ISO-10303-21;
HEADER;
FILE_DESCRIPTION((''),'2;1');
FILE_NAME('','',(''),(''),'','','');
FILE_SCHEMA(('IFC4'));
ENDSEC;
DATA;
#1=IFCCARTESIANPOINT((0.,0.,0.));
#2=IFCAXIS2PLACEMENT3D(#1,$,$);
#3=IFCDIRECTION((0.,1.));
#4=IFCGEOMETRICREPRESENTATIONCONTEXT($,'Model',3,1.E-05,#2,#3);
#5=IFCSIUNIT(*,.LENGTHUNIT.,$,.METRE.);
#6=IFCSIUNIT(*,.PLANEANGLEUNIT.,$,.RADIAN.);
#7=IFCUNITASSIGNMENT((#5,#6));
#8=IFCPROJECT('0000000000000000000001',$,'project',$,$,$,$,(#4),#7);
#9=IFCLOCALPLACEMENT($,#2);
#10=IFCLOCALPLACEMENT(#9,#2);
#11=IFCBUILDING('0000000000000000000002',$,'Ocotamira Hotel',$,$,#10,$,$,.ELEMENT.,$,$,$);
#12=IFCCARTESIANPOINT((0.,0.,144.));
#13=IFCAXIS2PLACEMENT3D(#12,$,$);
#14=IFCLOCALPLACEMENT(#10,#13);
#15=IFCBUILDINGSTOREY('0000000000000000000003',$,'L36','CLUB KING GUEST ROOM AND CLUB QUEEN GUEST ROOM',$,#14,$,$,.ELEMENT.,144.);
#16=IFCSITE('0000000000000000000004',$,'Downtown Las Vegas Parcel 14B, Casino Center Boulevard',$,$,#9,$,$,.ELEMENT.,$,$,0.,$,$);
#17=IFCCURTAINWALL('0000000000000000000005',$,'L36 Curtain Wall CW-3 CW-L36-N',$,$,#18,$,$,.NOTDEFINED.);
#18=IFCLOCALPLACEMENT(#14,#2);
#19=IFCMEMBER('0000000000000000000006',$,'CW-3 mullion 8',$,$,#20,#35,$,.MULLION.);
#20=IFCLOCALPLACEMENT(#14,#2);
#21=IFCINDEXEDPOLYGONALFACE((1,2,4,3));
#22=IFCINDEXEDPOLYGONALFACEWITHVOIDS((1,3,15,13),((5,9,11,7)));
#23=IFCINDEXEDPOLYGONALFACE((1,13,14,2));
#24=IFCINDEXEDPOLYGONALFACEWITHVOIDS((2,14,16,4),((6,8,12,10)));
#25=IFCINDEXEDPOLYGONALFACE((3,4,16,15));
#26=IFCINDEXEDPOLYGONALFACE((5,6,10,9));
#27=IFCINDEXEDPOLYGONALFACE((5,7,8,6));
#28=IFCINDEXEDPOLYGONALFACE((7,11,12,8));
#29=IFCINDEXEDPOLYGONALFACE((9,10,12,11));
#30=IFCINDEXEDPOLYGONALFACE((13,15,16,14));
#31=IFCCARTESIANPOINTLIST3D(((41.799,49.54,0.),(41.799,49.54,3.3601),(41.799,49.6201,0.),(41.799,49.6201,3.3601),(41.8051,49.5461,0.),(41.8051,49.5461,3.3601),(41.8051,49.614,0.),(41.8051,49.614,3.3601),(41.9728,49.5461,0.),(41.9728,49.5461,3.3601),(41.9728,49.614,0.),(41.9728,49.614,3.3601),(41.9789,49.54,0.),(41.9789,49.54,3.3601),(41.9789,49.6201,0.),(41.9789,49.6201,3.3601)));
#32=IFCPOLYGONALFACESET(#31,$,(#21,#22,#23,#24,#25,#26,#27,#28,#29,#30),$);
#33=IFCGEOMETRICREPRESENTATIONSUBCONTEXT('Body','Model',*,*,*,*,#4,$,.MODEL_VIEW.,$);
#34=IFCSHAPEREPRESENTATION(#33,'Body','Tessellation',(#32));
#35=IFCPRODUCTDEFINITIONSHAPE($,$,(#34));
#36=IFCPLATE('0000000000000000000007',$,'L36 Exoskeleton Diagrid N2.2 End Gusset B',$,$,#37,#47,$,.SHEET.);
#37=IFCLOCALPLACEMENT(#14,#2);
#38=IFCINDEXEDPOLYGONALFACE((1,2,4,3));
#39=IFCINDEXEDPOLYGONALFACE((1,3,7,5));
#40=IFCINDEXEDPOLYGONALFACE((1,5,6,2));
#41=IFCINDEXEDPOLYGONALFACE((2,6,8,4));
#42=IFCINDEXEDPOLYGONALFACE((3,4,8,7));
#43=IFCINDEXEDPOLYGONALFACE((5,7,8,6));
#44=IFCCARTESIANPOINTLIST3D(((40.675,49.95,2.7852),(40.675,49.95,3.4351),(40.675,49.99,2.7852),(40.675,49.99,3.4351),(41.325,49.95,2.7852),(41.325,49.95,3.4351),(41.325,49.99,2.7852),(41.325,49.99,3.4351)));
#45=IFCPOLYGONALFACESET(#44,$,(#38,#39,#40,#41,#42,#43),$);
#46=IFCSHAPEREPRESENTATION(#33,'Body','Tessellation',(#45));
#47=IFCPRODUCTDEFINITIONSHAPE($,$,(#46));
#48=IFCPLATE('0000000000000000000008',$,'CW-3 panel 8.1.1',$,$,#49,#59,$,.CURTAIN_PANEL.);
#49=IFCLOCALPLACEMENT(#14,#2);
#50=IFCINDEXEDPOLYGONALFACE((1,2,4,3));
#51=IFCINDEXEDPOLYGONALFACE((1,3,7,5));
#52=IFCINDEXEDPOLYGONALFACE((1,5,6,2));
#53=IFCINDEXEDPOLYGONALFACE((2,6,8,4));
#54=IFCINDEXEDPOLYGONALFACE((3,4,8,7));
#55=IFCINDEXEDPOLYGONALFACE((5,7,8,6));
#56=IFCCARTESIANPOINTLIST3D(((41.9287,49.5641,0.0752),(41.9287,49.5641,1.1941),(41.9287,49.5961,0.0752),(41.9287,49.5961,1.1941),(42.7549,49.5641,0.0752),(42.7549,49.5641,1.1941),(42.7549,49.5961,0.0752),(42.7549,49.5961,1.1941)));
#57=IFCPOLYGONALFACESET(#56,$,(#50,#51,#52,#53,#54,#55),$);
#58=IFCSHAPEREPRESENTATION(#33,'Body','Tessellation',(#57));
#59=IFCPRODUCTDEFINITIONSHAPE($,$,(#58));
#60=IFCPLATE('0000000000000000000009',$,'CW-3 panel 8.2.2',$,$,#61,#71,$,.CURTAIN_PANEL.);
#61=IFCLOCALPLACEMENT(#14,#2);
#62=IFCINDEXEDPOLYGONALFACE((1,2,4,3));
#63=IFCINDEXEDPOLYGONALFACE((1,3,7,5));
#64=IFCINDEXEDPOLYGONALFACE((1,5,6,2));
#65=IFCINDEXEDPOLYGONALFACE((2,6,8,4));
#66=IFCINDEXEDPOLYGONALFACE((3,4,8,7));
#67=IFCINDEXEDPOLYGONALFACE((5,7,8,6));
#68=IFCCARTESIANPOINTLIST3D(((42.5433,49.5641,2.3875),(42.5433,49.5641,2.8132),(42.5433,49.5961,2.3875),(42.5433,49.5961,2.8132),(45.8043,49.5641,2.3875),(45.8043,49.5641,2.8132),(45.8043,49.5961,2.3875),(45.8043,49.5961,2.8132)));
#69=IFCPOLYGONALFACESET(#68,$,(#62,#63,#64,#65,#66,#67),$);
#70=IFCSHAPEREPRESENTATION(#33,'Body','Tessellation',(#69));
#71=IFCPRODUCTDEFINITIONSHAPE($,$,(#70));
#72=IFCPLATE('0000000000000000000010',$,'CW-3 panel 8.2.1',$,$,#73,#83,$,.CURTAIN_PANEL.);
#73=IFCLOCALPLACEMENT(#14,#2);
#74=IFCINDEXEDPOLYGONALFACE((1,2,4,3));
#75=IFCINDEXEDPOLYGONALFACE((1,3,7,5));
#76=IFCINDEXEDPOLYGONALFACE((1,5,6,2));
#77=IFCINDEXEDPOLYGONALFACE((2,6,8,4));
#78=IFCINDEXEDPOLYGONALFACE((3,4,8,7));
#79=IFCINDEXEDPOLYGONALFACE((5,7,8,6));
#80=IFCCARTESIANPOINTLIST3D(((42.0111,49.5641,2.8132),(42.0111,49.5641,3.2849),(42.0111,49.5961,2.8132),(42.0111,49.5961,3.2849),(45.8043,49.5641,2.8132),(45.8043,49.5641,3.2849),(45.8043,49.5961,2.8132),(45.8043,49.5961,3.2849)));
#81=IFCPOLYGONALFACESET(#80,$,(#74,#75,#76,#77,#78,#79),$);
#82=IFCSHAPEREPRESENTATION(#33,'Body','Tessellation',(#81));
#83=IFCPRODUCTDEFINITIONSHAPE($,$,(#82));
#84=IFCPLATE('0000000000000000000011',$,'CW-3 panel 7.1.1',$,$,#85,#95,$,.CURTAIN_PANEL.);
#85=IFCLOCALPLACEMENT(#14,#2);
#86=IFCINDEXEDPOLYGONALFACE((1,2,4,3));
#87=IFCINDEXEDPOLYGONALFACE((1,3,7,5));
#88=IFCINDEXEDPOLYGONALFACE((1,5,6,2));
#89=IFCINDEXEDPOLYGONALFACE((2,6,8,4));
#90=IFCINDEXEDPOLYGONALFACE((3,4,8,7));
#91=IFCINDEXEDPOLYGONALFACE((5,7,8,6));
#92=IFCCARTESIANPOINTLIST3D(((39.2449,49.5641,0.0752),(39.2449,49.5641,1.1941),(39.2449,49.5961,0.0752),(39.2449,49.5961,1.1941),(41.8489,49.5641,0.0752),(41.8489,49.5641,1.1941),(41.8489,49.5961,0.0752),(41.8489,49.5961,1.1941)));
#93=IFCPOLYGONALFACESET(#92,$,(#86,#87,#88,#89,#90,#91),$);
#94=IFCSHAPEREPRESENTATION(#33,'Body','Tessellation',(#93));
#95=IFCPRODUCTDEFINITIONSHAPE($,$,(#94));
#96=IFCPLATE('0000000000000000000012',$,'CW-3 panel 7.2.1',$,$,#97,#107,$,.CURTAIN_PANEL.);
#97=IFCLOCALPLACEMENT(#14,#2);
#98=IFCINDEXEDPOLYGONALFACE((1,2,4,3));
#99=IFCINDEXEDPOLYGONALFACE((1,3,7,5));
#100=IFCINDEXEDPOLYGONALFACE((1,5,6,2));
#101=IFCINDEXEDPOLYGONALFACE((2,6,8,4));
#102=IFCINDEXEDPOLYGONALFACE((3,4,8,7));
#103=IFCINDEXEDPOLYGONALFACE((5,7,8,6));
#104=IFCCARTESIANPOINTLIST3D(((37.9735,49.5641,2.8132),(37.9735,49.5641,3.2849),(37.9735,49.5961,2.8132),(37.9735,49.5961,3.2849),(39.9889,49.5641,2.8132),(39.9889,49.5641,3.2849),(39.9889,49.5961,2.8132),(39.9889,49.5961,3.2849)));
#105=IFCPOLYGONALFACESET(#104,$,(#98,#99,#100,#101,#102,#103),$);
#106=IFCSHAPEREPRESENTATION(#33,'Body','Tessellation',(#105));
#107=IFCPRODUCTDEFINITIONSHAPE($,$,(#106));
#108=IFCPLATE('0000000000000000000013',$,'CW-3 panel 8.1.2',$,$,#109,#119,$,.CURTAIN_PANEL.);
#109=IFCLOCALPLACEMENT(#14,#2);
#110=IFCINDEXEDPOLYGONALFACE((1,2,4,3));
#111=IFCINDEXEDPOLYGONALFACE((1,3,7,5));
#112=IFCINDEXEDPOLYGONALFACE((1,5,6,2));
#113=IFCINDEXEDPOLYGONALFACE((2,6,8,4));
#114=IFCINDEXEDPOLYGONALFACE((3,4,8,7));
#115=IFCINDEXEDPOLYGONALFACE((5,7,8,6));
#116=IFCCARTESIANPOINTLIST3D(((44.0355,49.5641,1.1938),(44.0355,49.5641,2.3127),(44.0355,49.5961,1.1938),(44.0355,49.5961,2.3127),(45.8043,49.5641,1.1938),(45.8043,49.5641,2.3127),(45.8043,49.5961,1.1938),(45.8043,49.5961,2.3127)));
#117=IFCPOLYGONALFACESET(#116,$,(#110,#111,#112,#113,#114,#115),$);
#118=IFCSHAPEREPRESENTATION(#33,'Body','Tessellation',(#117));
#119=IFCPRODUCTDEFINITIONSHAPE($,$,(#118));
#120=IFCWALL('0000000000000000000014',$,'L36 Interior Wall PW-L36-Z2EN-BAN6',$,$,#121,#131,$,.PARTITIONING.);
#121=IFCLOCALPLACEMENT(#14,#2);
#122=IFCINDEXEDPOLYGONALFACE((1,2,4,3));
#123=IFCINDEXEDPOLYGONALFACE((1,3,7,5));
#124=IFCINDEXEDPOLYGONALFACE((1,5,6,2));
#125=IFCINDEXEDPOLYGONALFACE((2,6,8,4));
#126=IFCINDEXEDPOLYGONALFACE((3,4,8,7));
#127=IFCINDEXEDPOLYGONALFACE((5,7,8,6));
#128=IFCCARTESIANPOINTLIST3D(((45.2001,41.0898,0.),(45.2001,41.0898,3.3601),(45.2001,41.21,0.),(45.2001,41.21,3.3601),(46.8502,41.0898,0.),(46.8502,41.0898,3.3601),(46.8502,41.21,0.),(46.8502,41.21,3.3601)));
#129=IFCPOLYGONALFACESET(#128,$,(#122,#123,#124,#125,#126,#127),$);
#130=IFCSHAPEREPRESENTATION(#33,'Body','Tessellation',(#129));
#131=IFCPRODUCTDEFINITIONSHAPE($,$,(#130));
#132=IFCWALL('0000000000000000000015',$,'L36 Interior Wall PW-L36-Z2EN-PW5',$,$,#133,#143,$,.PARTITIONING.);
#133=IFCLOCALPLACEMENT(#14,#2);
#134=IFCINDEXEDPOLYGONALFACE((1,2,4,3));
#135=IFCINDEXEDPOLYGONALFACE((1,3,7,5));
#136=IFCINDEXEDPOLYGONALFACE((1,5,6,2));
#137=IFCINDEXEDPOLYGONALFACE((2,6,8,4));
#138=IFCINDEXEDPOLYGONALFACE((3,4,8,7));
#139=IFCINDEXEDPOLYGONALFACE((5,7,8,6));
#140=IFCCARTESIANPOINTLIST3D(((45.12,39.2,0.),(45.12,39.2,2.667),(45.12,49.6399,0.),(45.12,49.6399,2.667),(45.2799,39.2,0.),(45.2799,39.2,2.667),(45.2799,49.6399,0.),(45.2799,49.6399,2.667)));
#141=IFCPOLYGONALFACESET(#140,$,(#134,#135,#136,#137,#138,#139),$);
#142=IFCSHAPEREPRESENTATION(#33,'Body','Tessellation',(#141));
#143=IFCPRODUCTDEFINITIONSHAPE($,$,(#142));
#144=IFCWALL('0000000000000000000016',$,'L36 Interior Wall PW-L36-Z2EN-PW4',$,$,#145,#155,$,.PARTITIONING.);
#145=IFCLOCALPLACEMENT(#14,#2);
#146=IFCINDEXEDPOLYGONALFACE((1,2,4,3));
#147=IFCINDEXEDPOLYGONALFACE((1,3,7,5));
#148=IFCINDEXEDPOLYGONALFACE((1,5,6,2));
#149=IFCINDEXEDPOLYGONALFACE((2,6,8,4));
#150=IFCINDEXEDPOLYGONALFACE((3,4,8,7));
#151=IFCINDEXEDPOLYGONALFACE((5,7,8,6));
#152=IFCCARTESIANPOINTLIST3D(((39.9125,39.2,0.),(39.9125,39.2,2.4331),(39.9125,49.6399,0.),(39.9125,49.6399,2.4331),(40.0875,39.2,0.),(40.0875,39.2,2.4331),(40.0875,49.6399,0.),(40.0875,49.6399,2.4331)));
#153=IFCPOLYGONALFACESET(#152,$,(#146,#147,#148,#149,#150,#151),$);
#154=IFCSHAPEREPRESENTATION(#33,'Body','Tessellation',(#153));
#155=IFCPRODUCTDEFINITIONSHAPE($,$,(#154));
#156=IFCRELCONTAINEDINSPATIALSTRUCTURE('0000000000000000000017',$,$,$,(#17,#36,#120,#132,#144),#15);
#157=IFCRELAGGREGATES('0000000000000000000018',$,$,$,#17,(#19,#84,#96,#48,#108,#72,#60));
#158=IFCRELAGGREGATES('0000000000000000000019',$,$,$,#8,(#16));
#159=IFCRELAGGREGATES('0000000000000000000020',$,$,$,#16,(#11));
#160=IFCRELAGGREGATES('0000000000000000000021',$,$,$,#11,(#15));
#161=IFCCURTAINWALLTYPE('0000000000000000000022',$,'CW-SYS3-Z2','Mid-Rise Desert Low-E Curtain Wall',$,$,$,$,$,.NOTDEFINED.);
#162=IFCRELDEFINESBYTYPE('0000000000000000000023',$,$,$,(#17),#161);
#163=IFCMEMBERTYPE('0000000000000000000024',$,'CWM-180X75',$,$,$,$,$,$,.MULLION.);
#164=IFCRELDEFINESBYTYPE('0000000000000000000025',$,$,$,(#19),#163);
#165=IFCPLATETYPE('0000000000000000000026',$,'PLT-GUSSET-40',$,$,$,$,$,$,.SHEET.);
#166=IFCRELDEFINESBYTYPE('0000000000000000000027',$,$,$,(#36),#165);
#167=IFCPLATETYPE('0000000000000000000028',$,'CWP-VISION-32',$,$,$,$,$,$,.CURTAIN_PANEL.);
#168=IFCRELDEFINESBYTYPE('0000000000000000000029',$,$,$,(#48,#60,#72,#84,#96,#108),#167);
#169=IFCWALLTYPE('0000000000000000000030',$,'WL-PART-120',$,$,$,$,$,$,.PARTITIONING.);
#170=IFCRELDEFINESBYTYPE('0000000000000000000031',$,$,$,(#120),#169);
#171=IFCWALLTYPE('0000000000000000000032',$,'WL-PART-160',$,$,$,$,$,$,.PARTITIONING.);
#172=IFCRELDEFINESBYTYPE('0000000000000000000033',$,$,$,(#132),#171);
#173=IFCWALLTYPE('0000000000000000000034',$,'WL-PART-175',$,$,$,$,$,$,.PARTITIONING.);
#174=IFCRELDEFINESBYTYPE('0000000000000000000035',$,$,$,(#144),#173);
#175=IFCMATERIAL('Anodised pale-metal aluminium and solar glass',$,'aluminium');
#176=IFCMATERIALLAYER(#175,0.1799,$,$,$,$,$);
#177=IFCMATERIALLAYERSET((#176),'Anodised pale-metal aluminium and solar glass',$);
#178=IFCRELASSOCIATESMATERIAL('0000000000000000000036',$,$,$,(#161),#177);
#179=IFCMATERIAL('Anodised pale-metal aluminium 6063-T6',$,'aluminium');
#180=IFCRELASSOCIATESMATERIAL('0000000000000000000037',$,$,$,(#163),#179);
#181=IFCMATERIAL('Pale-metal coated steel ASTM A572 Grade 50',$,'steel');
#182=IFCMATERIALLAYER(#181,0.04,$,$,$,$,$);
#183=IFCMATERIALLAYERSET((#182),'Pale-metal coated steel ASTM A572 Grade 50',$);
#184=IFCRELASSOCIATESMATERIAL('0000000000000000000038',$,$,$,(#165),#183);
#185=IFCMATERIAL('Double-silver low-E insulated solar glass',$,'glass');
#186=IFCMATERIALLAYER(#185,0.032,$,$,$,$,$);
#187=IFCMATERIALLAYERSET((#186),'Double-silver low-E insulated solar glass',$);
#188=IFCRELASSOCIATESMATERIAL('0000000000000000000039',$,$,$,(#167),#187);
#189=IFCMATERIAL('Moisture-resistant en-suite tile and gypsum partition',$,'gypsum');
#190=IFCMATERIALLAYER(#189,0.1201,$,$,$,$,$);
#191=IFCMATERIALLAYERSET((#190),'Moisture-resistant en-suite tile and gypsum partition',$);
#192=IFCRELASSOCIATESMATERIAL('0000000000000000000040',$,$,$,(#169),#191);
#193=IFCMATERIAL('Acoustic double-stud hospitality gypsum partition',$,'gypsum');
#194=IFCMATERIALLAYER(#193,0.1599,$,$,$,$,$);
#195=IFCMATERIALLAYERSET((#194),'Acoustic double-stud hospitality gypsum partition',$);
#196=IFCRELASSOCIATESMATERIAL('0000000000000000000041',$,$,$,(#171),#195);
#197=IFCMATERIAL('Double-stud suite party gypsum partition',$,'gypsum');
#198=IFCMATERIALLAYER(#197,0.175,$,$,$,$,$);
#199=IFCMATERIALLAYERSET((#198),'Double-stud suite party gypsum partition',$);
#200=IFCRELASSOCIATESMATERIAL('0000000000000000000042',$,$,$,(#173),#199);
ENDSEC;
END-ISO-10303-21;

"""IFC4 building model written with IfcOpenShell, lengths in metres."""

from ifc_helpers import new_model, si_unit, direction, frame, frame_2d, origin, origin_2d, place, context, subcontext, project, spatial, rectangle, hollow_rectangle, extrude, source, transform, mapped, material, layer, layer_set, material_profile, profile_set, type_object, element, aggregate, save


model = new_model("IFC4")

# Units and contexts
model_context = context("Model", 3, precision=1e-05, world=origin(), true_north=direction((0.0, 1.0)))
body_context = subcontext(model_context, "Body", "Model", "MODEL_VIEW")
ifc_project = project(units=[si_unit("LENGTHUNIT", "METRE"), si_unit("PLANEANGLEUNIT", "RADIAN")], contexts=[model_context])

# Site, building, storey
site_placement = place(None, origin())
site = spatial("IfcSite", under=ifc_project, at=site_placement, Name="Downtown Las Vegas Parcel 14B, Casino Center Boulevard", CompositionType="ELEMENT", RefElevation=0.0)
building_placement = place(site_placement, origin())
building = spatial("IfcBuilding", under=site, at=building_placement, Name="Ocotamira Hotel", CompositionType="ELEMENT")
storey_placement = place(building_placement, frame((0.0, 0.0, 144.0)))
storey = spatial("IfcBuildingStorey", under=building, at=storey_placement, Name="L36", Description="CLUB KING GUEST ROOM AND CLUB QUEEN GUEST ROOM", CompositionType="ELEMENT", Elevation=144.0)

# Curtain wall, member
ifc_material_1 = material(Name="Anodised pale-metal aluminium and solar glass", Category="aluminium")
ifc_layer_1 = layer(ifc_material_1, 0.1799)
ifc_layer_set_1 = layer_set([ifc_layer_1], Name="Anodised pale-metal aluminium and solar glass")
curtain_wall_type = type_object("IfcCurtainWallType", Name="CW-SYS3-Z2", Description="Mid-Rise Desert Low-E Curtain Wall", PredefinedType="NOTDEFINED", material=ifc_layer_set_1)
curtain_wall_placement = place(storey_placement, origin())
curtain_wall = element("IfcCurtainWall", 1, at=curtain_wall_placement, inside=storey, type_object=curtain_wall_type, Name="L36 Curtain Wall CW-3 CW-L36-N", PredefinedType="NOTDEFINED")
ifc_material_2 = material(Name="Anodised pale-metal aluminium 6063-T6", Category="aluminium")
ifc_material_profile_1 = material_profile(ifc_material_2, hollow_rectangle(XDim=0.0801, YDim=0.1799, WallThickness=0.0061, at=origin_2d()), Name="HSS180X80X6")
ifc_profile_set_1 = profile_set([ifc_material_profile_1], Name="Anodised pale-metal aluminium 6063-T6")
member_type_1 = type_object("IfcMemberType", Name="CWM-180X75", PredefinedType="MULLION", material=ifc_profile_set_1)
shared_shape_1 = source(origin(), body_context, "Body", "SweptSolid", [
    extrude(hollow_rectangle(XDim=0.0801, YDim=0.1799, WallThickness=0.0061, at=origin_2d()), origin(), (0.0, 0.0, 1.0), 3.3601),
])
member_1_placement = place(storey_placement, frame((41.8889, 49.5801, 0.0), z_axis=(0.0, 0.0, 1.0), x_axis=(0.0, 1.0, 0.0)))
member_1 = element("IfcMember", 2, at=member_1_placement, type_object=member_type_1, Name="CW-3 mullion 8", PredefinedType="MULLION", context=body_context, shape_type="MappedRepresentation", body=[
    mapped(shared_shape_1, transform((0.0, 0.0, 0.0), scale=1.0)),
])

# Plates
ifc_material_3 = material(Name="Pale-metal coated steel ASTM A572 Grade 50", Category="steel")
ifc_layer_2 = layer(ifc_material_3, 0.04)
ifc_layer_set_2 = layer_set([ifc_layer_2], Name="Pale-metal coated steel ASTM A572 Grade 50")
plate_type_1 = type_object("IfcPlateType", Name="PLT-GUSSET-40", PredefinedType="SHEET", material=ifc_layer_set_2)
shared_shape_2 = source(origin(), body_context, "Body", "SweptSolid", [
    extrude(rectangle(XDim=0.6499, YDim=0.04, at=origin_2d()), origin(), (0.0, 0.0, 1.0), 0.6499),
])
plate_1_placement = place(storey_placement, frame((41.0, 49.97, 2.7852), z_axis=(0.0, 0.0, 1.0), x_axis=(1.0, 0.0, 0.0)))
element("IfcPlate", 3, at=plate_1_placement, inside=storey, type_object=plate_type_1, Name="L36 Exoskeleton Diagrid N2.2 End Gusset B", PredefinedType="SHEET", context=body_context, shape_type="MappedRepresentation", body=[
    mapped(shared_shape_2, transform((0.0, 0.0, 0.0), scale=1.0)),
])
ifc_material_4 = material(Name="Double-silver low-E insulated solar glass", Category="glass")
ifc_layer_3 = layer(ifc_material_4, 0.032)
ifc_layer_set_3 = layer_set([ifc_layer_3], Name="Double-silver low-E insulated solar glass")
plate_type_2 = type_object("IfcPlateType", Name="CWP-VISION-32", PredefinedType="CURTAIN_PANEL", material=ifc_layer_set_3)
shared_shape_3 = source(origin(), body_context, "Body", "SweptSolid", [
    extrude(rectangle(XDim=0.8262, YDim=0.032, at=origin_2d()), origin(), (0.0, 0.0, 1.0), 1.1189),
])
plate_2_placement = place(storey_placement, frame((42.3418, 49.5801, 0.0752), z_axis=(0.0, 0.0, 1.0), x_axis=(1.0, 0.0, 0.0)))
plate_2 = element("IfcPlate", 4, at=plate_2_placement, type_object=plate_type_2, Name="CW-3 panel 8.1.1", PredefinedType="CURTAIN_PANEL", context=body_context, shape_type="MappedRepresentation", body=[
    mapped(shared_shape_3, transform((0.0, 0.0, 0.0), scale=1.0)),
])
shared_shape_4 = source(origin(), body_context, "Body", "SweptSolid", [
    extrude(rectangle(XDim=3.261, YDim=0.032, at=origin_2d()), origin(), (0.0, 0.0, 1.0), 0.4258),
])
plate_3_placement = place(storey_placement, frame((44.1738, 49.5801, 2.3875), z_axis=(0.0, 0.0, 1.0), x_axis=(1.0, 0.0, 0.0)))
plate_3 = element("IfcPlate", 5, at=plate_3_placement, type_object=plate_type_2, Name="CW-3 panel 8.2.2", PredefinedType="CURTAIN_PANEL", context=body_context, shape_type="MappedRepresentation", body=[
    mapped(shared_shape_4, transform((0.0, 0.0, 0.0), scale=1.0)),
])
shared_shape_5 = source(origin(), body_context, "Body", "SweptSolid", [
    extrude(rectangle(XDim=3.7932, YDim=0.032, at=origin_2d()), origin(), (0.0, 0.0, 1.0), 0.4717),
])
plate_4_placement = place(storey_placement, frame((43.9077, 49.5801, 2.8132), z_axis=(0.0, 0.0, 1.0), x_axis=(1.0, 0.0, 0.0)))
plate_4 = element("IfcPlate", 6, at=plate_4_placement, type_object=plate_type_2, Name="CW-3 panel 8.2.1", PredefinedType="CURTAIN_PANEL", context=body_context, shape_type="MappedRepresentation", body=[
    mapped(shared_shape_5, transform((0.0, 0.0, 0.0), scale=1.0)),
])
shared_shape_6 = source(origin(), body_context, "Body", "SweptSolid", [
    extrude(rectangle(XDim=2.604, YDim=0.032, at=origin_2d()), origin(), (0.0, 0.0, 1.0), 1.1189),
])
plate_5_placement = place(storey_placement, frame((40.5469, 49.5801, 0.0752), z_axis=(0.0, 0.0, 1.0), x_axis=(1.0, 0.0, 0.0)))
plate_5 = element("IfcPlate", 7, at=plate_5_placement, type_object=plate_type_2, Name="CW-3 panel 7.1.1", PredefinedType="CURTAIN_PANEL", context=body_context, shape_type="MappedRepresentation", body=[
    mapped(shared_shape_6, transform((0.0, 0.0, 0.0), scale=1.0)),
])
shared_shape_7 = source(origin(), body_context, "Body", "SweptSolid", [
    extrude(rectangle(XDim=2.0154, YDim=0.032, at=origin_2d()), origin(), (0.0, 0.0, 1.0), 0.4717),
])
plate_6_placement = place(storey_placement, frame((38.9812, 49.5801, 2.8132), z_axis=(0.0, 0.0, 1.0), x_axis=(1.0, 0.0, 0.0)))
plate_6 = element("IfcPlate", 8, at=plate_6_placement, type_object=plate_type_2, Name="CW-3 panel 7.2.1", PredefinedType="CURTAIN_PANEL", context=body_context, shape_type="MappedRepresentation", body=[
    mapped(shared_shape_7, transform((0.0, 0.0, 0.0), scale=1.0)),
])
shared_shape_8 = source(origin(), body_context, "Body", "SweptSolid", [
    extrude(rectangle(XDim=1.7688, YDim=0.032, at=origin_2d()), origin(), (0.0, 0.0, 1.0), 1.1189),
])
plate_7_placement = place(storey_placement, frame((44.9199, 49.5801, 1.1938), z_axis=(0.0, 0.0, 1.0), x_axis=(1.0, 0.0, 0.0)))
plate_7 = element("IfcPlate", 9, at=plate_7_placement, type_object=plate_type_2, Name="CW-3 panel 8.1.2", PredefinedType="CURTAIN_PANEL", context=body_context, shape_type="MappedRepresentation", body=[
    mapped(shared_shape_8, transform((0.0, 0.0, 0.0), scale=1.0)),
])
aggregate(curtain_wall, [member_1, plate_5, plate_6, plate_2, plate_7, plate_4, plate_3])

# Walls
ifc_material_5 = material(Name="Moisture-resistant en-suite tile and gypsum partition", Category="gypsum")
ifc_layer_4 = layer(ifc_material_5, 0.1201)
ifc_layer_set_4 = layer_set([ifc_layer_4], Name="Moisture-resistant en-suite tile and gypsum partition")
wall_type_1 = type_object("IfcWallType", Name="WL-PART-120", PredefinedType="PARTITIONING", material=ifc_layer_set_4)
wall_1_placement = place(storey_placement, frame((45.2, 41.1499, 0.0), z_axis=(0.0, 0.0, 1.0), x_axis=(1.0, 0.0, 0.0)))
element("IfcWall", 10, at=wall_1_placement, inside=storey, type_object=wall_type_1, Name="L36 Interior Wall PW-L36-Z2EN-BAN6", PredefinedType="PARTITIONING", context=body_context, shape_type="SweptSolid", body=[
    extrude(rectangle(XDim=1.6501, YDim=0.1201, at=frame_2d((0.8252, 0.0))), origin(), (0.0, 0.0, 1.0), 3.3601),
])
ifc_material_6 = material(Name="Acoustic double-stud hospitality gypsum partition", Category="gypsum")
ifc_layer_5 = layer(ifc_material_6, 0.1599)
ifc_layer_set_5 = layer_set([ifc_layer_5], Name="Acoustic double-stud hospitality gypsum partition")
wall_type_2 = type_object("IfcWallType", Name="WL-PART-160", PredefinedType="PARTITIONING", material=ifc_layer_set_5)
wall_2_placement = place(storey_placement, frame((45.2, 39.2, 0.0), z_axis=(0.0, 0.0, 1.0), x_axis=(0.0, 1.0, 0.0)))
element("IfcWall", 11, at=wall_2_placement, inside=storey, type_object=wall_type_2, Name="L36 Interior Wall PW-L36-Z2EN-PW5", PredefinedType="PARTITIONING", context=body_context, shape_type="SweptSolid", body=[
    extrude(rectangle(XDim=10.4399, YDim=0.1599, at=frame_2d((5.22, 0.0))), origin(), (0.0, 0.0, 1.0), 2.667),
])
ifc_material_7 = material(Name="Double-stud suite party gypsum partition", Category="gypsum")
ifc_layer_6 = layer(ifc_material_7, 0.175)
ifc_layer_set_6 = layer_set([ifc_layer_6], Name="Double-stud suite party gypsum partition")
wall_type_3 = type_object("IfcWallType", Name="WL-PART-175", PredefinedType="PARTITIONING", material=ifc_layer_set_6)
wall_3_placement = place(storey_placement, frame((40.0, 39.2, 0.0), z_axis=(0.0, 0.0, 1.0), x_axis=(0.0, 1.0, 0.0)))
element("IfcWall", 12, at=wall_3_placement, inside=storey, type_object=wall_type_3, Name="L36 Interior Wall PW-L36-Z2EN-PW4", PredefinedType="PARTITIONING", context=body_context, shape_type="SweptSolid", body=[
    extrude(rectangle(XDim=10.4399, YDim=0.175, at=frame_2d((5.22, 0.0))), origin(), (0.0, 0.0, 1.0), 2.4331),
])

save(model, "model.ifc")
